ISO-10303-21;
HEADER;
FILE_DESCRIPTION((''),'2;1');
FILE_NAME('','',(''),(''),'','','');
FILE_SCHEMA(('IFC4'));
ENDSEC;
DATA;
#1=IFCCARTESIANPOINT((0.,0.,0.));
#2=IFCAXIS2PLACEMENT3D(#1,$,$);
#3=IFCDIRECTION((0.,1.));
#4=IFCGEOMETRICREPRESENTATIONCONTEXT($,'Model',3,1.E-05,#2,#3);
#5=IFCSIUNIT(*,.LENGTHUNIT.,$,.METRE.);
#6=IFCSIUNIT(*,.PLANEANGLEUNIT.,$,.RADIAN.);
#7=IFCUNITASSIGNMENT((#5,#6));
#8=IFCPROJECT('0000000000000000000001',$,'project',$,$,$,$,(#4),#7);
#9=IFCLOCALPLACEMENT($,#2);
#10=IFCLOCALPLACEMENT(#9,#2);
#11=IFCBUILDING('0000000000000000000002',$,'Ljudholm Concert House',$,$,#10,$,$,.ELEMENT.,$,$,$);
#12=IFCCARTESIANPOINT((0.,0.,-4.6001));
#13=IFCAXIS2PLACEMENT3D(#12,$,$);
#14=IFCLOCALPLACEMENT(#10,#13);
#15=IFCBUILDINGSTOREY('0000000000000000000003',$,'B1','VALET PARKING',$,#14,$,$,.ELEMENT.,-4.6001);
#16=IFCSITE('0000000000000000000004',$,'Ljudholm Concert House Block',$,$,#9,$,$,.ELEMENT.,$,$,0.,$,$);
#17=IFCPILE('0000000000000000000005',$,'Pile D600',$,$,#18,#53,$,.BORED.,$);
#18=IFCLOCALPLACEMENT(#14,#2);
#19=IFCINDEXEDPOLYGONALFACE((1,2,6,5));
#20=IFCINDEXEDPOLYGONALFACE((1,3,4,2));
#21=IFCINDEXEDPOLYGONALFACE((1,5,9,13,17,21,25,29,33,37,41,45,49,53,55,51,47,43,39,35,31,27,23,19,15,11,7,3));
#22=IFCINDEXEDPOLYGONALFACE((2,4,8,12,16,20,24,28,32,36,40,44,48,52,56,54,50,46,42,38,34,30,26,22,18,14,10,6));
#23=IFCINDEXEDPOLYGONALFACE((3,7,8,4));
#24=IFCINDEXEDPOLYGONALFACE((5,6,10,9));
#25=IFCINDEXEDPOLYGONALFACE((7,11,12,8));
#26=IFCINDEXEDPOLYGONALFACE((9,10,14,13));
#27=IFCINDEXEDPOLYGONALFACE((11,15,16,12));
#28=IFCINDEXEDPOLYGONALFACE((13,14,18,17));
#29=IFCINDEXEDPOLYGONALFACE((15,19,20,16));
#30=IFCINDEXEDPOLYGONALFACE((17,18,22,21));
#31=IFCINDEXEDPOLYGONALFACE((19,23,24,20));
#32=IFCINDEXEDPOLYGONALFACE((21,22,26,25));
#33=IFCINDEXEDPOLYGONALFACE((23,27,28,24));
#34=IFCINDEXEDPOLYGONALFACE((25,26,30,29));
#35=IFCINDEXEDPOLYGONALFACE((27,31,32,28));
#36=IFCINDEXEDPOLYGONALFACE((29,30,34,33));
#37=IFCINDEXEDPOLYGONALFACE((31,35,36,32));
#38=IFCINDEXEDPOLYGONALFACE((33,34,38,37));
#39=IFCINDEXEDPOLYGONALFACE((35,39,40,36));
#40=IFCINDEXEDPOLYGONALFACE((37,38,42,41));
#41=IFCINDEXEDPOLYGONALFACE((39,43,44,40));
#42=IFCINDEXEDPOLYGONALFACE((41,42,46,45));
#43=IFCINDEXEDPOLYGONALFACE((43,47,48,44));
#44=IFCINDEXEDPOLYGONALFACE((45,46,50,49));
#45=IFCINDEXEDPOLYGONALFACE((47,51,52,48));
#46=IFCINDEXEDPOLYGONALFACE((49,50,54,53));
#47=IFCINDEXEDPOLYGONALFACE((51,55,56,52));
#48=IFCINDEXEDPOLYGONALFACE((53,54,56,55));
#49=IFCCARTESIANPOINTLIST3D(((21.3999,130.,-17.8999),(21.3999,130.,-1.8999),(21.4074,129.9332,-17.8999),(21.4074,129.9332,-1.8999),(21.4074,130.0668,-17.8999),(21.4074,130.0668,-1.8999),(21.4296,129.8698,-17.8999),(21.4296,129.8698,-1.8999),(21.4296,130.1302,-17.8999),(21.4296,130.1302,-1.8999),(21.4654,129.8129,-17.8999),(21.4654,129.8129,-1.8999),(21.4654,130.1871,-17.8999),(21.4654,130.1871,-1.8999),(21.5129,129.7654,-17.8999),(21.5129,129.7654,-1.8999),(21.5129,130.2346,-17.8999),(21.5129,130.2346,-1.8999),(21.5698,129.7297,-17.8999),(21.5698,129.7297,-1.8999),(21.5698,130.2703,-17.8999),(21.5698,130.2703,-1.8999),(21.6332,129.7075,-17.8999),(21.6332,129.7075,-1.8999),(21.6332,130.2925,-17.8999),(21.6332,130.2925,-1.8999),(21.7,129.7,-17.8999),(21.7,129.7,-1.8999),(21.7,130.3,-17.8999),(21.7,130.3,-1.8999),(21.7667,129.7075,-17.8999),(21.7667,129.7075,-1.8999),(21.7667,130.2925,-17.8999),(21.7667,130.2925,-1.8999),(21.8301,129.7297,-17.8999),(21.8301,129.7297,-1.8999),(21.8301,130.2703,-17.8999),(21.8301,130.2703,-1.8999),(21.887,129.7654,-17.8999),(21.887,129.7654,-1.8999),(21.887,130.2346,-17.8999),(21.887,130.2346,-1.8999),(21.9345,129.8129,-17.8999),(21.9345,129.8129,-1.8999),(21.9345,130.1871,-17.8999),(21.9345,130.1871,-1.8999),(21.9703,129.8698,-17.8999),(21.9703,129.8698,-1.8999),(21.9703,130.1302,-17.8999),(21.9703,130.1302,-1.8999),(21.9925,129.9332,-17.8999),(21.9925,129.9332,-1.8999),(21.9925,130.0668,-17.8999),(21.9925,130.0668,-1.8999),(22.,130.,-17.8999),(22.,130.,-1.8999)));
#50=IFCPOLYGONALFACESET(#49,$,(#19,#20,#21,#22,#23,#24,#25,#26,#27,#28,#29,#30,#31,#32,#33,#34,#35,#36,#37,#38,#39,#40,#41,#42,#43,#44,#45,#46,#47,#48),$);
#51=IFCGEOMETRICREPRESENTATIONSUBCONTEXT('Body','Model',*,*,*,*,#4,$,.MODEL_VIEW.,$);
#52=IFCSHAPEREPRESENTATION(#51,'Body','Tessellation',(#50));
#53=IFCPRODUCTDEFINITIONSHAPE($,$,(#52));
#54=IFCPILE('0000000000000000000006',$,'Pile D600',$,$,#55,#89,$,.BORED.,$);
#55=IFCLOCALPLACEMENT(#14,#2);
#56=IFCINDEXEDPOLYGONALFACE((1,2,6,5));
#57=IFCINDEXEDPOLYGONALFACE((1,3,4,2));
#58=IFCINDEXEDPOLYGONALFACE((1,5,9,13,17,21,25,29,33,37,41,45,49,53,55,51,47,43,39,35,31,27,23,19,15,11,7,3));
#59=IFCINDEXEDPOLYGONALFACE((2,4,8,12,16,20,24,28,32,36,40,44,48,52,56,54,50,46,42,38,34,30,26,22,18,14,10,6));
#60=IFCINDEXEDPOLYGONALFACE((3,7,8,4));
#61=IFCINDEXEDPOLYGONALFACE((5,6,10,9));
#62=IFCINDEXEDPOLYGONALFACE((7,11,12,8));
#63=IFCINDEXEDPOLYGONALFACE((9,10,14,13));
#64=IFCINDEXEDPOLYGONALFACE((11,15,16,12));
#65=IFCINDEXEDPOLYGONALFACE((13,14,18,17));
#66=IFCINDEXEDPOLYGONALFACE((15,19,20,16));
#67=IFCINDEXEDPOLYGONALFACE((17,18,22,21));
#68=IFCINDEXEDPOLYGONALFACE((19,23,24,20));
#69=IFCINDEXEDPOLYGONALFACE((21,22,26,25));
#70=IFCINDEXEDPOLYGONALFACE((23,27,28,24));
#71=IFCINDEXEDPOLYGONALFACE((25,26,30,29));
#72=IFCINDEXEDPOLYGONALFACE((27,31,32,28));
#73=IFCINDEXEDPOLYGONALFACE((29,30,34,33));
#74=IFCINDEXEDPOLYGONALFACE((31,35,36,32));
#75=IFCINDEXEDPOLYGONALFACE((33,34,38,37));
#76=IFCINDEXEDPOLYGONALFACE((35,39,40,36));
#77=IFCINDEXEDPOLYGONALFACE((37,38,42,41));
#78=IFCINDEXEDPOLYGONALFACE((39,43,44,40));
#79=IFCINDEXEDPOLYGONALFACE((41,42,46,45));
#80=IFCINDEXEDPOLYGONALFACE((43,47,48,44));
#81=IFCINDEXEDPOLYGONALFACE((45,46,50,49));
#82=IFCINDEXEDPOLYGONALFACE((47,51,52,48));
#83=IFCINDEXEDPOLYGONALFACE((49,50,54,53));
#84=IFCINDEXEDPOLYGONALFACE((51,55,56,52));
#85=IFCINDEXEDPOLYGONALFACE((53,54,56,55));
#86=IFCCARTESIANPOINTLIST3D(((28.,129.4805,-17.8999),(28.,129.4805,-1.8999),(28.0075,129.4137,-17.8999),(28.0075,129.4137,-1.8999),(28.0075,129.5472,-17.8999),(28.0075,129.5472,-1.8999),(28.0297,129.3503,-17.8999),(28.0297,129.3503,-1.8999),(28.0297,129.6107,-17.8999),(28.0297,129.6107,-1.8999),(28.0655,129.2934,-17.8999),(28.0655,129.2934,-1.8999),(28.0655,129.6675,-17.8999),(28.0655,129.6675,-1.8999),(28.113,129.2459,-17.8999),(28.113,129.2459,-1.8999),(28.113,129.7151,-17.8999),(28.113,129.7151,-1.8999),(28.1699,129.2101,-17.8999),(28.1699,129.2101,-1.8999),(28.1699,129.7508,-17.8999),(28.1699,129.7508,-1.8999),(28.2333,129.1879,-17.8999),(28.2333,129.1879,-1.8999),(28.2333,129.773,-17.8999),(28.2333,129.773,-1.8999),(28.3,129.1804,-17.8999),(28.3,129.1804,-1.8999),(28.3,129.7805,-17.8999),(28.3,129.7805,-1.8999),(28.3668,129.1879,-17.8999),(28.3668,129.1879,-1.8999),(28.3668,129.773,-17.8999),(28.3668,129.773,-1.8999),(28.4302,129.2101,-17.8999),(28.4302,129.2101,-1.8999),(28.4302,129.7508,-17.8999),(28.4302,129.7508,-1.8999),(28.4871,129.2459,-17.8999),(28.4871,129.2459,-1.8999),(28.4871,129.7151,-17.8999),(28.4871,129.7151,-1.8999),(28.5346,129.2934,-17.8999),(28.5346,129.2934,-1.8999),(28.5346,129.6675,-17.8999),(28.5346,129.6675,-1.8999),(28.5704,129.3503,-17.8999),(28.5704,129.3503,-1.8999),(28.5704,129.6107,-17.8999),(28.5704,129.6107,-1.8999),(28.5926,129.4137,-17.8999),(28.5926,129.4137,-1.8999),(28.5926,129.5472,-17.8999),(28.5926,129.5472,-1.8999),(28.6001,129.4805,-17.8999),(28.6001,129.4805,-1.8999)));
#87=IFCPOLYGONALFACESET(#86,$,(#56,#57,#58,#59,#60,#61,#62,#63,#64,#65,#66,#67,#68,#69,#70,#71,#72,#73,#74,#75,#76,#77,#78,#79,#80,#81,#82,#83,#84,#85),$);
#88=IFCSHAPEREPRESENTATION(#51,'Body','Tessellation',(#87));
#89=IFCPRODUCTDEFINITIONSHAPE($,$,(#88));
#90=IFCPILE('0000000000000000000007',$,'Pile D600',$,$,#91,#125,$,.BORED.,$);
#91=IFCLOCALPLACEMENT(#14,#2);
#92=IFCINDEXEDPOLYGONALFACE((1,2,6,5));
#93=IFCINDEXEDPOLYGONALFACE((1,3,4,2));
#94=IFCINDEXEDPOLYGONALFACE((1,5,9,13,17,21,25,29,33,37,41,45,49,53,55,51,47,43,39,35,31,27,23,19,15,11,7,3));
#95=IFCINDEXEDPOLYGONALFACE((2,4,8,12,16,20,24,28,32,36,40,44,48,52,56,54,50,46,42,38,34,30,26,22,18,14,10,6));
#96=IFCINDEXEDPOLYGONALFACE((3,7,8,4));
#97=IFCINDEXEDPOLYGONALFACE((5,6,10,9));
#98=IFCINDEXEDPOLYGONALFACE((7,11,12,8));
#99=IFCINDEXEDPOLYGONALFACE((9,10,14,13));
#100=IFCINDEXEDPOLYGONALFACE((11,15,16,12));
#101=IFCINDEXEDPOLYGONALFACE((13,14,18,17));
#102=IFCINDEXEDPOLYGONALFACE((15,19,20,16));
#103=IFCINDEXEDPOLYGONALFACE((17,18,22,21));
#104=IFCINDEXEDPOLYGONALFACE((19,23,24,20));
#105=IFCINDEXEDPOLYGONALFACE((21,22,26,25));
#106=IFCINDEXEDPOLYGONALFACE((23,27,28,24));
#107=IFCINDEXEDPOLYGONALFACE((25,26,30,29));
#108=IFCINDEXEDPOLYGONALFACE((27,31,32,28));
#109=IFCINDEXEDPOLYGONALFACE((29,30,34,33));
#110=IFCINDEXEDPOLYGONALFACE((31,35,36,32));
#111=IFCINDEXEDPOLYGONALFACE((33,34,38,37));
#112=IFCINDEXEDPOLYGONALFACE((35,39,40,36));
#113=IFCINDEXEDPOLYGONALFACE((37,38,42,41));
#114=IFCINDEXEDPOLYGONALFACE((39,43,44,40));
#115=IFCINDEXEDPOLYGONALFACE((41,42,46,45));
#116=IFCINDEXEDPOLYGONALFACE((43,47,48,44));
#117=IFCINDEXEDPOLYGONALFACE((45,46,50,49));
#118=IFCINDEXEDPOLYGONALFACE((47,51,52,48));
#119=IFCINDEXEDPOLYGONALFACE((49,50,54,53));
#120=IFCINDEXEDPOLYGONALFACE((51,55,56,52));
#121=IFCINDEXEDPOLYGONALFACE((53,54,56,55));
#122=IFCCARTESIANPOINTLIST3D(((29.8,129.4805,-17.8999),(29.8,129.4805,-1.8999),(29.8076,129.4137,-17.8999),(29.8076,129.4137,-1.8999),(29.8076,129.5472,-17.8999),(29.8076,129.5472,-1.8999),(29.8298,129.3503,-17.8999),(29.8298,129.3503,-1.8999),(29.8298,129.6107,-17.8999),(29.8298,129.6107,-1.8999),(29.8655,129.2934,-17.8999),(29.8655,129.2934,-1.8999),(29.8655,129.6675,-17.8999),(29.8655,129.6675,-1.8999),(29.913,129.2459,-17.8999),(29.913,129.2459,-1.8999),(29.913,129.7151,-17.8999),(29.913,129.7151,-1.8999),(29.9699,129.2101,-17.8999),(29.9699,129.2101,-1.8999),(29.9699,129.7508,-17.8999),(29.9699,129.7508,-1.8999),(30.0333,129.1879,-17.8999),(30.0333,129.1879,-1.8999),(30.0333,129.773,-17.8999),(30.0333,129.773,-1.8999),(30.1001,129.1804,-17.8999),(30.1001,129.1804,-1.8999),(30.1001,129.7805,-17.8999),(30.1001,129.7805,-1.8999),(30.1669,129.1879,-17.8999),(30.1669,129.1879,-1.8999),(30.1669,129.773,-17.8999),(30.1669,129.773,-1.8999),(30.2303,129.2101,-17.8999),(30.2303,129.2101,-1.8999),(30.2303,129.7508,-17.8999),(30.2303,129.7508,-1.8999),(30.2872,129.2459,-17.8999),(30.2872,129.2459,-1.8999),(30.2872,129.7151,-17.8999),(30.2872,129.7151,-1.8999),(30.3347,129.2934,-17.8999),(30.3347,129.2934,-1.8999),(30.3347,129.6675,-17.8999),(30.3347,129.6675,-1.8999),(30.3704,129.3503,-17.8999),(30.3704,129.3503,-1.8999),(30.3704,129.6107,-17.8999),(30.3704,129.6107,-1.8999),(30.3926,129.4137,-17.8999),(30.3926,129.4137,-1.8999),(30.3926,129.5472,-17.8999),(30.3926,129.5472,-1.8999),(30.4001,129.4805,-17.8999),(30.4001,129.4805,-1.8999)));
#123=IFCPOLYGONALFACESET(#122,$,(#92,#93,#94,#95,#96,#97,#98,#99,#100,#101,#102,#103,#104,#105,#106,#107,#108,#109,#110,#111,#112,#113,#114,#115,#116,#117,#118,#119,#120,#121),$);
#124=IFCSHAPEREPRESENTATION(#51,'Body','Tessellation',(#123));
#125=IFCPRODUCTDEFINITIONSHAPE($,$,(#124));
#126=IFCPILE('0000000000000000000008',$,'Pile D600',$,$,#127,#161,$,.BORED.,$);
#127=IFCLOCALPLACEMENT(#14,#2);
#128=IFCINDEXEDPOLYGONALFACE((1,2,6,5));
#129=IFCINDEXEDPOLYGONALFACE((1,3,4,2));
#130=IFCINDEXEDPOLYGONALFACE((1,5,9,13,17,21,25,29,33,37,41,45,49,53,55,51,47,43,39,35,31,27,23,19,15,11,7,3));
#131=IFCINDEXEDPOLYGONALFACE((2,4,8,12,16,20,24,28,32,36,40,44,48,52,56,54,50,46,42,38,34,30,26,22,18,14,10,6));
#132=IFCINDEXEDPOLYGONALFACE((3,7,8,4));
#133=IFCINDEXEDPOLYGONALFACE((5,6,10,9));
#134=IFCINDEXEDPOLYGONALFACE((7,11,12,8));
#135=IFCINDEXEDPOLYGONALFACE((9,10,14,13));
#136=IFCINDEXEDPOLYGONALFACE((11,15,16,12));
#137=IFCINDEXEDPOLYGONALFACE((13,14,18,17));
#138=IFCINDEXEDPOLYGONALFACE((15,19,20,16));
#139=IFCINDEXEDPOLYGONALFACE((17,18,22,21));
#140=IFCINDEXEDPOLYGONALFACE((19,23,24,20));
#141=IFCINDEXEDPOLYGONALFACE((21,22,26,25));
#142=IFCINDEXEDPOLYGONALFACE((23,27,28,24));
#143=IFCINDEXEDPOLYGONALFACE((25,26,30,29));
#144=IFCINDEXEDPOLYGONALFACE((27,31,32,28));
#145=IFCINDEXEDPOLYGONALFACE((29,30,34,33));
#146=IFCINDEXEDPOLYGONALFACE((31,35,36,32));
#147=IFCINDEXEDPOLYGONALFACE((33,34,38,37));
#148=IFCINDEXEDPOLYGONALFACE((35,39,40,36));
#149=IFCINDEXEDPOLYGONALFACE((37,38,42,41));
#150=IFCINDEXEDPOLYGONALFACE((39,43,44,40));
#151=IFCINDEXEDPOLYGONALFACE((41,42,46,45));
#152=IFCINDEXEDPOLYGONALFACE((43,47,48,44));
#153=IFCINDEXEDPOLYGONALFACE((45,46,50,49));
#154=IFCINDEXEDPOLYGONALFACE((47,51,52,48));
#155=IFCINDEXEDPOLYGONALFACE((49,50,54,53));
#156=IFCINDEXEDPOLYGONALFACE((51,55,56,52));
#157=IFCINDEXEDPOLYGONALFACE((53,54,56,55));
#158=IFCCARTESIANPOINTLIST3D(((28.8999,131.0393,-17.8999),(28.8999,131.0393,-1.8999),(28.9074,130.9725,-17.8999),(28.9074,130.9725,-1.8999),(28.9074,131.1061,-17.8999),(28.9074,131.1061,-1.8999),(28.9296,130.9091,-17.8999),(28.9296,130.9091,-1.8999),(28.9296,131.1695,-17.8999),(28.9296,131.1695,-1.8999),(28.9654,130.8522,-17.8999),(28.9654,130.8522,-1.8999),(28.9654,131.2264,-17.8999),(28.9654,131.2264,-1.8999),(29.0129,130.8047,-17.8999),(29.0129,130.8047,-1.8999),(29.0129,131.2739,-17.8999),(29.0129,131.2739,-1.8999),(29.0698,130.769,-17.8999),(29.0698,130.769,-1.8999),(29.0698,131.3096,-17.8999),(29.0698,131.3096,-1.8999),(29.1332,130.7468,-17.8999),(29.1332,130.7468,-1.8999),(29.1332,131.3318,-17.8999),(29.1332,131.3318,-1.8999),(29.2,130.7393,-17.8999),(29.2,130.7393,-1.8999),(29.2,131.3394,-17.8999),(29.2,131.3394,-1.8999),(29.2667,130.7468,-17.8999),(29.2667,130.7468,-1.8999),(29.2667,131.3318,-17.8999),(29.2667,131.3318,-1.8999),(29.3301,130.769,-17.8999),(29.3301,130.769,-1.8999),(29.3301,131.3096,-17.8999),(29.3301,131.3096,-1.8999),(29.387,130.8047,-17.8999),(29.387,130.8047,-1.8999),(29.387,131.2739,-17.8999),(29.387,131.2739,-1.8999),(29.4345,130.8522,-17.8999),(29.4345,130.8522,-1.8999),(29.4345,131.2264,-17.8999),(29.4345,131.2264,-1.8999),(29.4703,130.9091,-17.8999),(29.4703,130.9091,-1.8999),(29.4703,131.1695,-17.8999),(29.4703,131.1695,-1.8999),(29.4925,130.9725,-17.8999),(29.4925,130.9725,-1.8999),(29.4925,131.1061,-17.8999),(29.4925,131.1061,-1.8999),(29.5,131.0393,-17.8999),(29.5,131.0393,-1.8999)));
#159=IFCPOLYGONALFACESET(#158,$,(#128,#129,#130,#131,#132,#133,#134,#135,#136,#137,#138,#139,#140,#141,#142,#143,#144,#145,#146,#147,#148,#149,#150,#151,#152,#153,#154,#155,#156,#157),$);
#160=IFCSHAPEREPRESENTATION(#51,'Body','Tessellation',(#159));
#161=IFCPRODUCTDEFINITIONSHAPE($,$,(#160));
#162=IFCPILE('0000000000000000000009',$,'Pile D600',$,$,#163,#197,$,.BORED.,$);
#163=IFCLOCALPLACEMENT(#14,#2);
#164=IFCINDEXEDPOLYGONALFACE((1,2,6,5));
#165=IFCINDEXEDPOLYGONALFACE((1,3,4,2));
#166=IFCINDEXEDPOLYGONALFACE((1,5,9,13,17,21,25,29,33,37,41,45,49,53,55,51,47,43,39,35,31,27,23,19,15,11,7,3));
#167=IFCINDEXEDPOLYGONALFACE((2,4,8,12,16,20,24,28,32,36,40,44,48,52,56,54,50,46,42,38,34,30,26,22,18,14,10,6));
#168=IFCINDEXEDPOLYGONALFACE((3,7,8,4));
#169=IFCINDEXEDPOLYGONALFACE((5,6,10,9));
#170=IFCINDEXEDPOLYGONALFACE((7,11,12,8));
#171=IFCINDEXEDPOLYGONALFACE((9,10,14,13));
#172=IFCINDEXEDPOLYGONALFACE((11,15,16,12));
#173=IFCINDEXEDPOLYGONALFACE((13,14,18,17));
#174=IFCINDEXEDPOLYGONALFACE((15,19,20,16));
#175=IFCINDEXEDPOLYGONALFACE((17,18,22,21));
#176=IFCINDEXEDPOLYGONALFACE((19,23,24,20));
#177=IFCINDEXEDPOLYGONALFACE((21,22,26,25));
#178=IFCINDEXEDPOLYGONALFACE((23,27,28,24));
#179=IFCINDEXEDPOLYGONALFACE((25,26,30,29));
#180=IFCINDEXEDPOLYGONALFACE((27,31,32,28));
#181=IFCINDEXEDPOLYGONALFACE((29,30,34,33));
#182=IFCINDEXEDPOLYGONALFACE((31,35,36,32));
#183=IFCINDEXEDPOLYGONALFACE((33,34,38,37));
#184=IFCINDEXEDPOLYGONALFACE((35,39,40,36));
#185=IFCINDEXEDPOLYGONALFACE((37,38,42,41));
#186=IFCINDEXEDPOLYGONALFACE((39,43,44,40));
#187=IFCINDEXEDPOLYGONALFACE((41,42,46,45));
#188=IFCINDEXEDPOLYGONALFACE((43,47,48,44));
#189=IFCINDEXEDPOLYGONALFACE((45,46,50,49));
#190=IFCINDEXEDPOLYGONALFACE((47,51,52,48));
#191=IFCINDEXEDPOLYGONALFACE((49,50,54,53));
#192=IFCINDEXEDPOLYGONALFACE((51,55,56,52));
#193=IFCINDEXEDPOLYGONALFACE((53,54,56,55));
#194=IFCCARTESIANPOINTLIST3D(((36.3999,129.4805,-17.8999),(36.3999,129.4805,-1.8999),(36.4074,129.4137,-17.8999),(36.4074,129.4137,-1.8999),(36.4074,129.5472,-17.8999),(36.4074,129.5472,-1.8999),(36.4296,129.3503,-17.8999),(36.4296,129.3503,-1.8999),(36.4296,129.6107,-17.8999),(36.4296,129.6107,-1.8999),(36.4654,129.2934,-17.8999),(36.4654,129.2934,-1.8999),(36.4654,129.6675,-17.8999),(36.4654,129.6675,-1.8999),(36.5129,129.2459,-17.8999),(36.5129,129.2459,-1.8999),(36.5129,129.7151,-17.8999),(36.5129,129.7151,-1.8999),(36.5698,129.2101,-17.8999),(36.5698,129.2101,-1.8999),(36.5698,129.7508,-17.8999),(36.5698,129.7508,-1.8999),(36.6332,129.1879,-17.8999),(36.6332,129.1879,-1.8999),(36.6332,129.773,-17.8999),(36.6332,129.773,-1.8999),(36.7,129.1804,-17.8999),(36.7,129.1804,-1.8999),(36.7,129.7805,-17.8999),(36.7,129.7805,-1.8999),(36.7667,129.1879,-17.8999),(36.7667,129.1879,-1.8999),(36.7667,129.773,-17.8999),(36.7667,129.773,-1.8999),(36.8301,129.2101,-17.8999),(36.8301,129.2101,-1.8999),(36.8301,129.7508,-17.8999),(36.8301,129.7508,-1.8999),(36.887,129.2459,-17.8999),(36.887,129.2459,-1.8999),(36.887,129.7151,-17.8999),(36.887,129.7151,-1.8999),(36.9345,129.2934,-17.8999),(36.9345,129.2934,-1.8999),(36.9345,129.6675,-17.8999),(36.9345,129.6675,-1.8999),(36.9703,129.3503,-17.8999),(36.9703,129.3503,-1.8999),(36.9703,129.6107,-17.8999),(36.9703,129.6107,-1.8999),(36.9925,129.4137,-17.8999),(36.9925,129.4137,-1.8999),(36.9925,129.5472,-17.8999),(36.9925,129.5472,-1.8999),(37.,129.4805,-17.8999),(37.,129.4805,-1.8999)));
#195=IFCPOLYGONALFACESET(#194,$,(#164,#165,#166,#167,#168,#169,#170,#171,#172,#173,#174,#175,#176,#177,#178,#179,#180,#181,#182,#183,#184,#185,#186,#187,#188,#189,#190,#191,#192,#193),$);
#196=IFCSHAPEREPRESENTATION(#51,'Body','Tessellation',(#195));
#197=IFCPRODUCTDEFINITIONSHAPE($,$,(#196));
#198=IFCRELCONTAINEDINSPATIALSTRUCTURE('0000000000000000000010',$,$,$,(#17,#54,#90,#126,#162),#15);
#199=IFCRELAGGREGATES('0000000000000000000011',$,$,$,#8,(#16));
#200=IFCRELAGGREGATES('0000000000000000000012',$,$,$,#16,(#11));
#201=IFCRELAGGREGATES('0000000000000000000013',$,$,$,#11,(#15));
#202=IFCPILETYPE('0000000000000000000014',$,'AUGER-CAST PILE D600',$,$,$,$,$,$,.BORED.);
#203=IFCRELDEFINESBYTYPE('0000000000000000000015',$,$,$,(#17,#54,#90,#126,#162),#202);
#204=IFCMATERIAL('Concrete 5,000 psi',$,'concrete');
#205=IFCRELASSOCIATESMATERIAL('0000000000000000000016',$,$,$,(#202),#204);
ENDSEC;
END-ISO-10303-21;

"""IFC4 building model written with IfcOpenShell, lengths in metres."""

from ifc_helpers import new_model, si_unit, direction, frame, origin, origin_2d, place, context, subcontext, project, spatial, circle, extrude, material, material_profile, profile_set, type_object, element, save


model = new_model("IFC4")

# Units and contexts
model_context = context("Model", 3, precision=1e-05, world=origin(), true_north=direction((0.0, 1.0)))
body_context = subcontext(model_context, "Body", "Model", "MODEL_VIEW")
ifc_project = project(units=[si_unit("LENGTHUNIT", "METRE"), si_unit("PLANEANGLEUNIT", "RADIAN")], contexts=[model_context])

# Site, building, storey
site_placement = place(None, origin())
site = spatial("IfcSite", under=ifc_project, at=site_placement, Name="Ljudholm Concert House Block", CompositionType="ELEMENT", RefElevation=0.0)
building_placement = place(site_placement, origin())
building = spatial("IfcBuilding", under=site, at=building_placement, Name="Ljudholm Concert House", CompositionType="ELEMENT")
storey_placement = place(building_placement, frame((0.0, 0.0, -4.6001)))
storey = spatial("IfcBuildingStorey", under=building, at=storey_placement, Name="B1", Description="VALET PARKING", CompositionType="ELEMENT", Elevation=-4.6001)

# Piles
ifc_material_1 = material(Name="Concrete 5,000 psi", Category="concrete")
ifc_material_profile_1 = material_profile(ifc_material_1, circle(Radius=0.3, at=origin_2d()), Name="AUGER-CAST PILE D600")
ifc_profile_set_1 = profile_set([ifc_material_profile_1], Name="Concrete 5,000 psi")
pile_type = type_object("IfcPileType", Name="AUGER-CAST PILE D600", PredefinedType="BORED", material=ifc_profile_set_1)
for number, where, z_axis, x_axis, name in (
    (1, (21.7, 130.0, -1.8999), (0.0, 0.0, -1.0), (1.0, 0.0, 0.0), "Pile D600"),
    (2, (28.3, 129.4805, -1.8999), (0.0, 0.0, -1.0), (1.0, 0.0, 0.0), "Pile D600"),
    (3, (30.1001, 129.4805, -1.8999), (0.0, 0.0, -1.0), (1.0, 0.0, 0.0), "Pile D600"),
    (4, (29.2, 131.0393, -1.8999), (0.0, 0.0, -1.0), (1.0, 0.0, 0.0), "Pile D600"),
    (5, (36.7, 129.4805, -1.8999), (0.0, 0.0, -1.0), (1.0, 0.0, 0.0), "Pile D600"),
):
    element("IfcPile", number, at=place(storey_placement, frame(where, z_axis=z_axis, x_axis=x_axis)), inside=storey, type_object=pile_type, Name=name, PredefinedType="BORED", context=body_context, shape_type="SweptSolid", body=[
        extrude(circle(Radius=0.3, at=origin_2d()), origin(), (0.0, 0.0, 1.0), 16.0),
    ])

save(model, "model.ifc")
